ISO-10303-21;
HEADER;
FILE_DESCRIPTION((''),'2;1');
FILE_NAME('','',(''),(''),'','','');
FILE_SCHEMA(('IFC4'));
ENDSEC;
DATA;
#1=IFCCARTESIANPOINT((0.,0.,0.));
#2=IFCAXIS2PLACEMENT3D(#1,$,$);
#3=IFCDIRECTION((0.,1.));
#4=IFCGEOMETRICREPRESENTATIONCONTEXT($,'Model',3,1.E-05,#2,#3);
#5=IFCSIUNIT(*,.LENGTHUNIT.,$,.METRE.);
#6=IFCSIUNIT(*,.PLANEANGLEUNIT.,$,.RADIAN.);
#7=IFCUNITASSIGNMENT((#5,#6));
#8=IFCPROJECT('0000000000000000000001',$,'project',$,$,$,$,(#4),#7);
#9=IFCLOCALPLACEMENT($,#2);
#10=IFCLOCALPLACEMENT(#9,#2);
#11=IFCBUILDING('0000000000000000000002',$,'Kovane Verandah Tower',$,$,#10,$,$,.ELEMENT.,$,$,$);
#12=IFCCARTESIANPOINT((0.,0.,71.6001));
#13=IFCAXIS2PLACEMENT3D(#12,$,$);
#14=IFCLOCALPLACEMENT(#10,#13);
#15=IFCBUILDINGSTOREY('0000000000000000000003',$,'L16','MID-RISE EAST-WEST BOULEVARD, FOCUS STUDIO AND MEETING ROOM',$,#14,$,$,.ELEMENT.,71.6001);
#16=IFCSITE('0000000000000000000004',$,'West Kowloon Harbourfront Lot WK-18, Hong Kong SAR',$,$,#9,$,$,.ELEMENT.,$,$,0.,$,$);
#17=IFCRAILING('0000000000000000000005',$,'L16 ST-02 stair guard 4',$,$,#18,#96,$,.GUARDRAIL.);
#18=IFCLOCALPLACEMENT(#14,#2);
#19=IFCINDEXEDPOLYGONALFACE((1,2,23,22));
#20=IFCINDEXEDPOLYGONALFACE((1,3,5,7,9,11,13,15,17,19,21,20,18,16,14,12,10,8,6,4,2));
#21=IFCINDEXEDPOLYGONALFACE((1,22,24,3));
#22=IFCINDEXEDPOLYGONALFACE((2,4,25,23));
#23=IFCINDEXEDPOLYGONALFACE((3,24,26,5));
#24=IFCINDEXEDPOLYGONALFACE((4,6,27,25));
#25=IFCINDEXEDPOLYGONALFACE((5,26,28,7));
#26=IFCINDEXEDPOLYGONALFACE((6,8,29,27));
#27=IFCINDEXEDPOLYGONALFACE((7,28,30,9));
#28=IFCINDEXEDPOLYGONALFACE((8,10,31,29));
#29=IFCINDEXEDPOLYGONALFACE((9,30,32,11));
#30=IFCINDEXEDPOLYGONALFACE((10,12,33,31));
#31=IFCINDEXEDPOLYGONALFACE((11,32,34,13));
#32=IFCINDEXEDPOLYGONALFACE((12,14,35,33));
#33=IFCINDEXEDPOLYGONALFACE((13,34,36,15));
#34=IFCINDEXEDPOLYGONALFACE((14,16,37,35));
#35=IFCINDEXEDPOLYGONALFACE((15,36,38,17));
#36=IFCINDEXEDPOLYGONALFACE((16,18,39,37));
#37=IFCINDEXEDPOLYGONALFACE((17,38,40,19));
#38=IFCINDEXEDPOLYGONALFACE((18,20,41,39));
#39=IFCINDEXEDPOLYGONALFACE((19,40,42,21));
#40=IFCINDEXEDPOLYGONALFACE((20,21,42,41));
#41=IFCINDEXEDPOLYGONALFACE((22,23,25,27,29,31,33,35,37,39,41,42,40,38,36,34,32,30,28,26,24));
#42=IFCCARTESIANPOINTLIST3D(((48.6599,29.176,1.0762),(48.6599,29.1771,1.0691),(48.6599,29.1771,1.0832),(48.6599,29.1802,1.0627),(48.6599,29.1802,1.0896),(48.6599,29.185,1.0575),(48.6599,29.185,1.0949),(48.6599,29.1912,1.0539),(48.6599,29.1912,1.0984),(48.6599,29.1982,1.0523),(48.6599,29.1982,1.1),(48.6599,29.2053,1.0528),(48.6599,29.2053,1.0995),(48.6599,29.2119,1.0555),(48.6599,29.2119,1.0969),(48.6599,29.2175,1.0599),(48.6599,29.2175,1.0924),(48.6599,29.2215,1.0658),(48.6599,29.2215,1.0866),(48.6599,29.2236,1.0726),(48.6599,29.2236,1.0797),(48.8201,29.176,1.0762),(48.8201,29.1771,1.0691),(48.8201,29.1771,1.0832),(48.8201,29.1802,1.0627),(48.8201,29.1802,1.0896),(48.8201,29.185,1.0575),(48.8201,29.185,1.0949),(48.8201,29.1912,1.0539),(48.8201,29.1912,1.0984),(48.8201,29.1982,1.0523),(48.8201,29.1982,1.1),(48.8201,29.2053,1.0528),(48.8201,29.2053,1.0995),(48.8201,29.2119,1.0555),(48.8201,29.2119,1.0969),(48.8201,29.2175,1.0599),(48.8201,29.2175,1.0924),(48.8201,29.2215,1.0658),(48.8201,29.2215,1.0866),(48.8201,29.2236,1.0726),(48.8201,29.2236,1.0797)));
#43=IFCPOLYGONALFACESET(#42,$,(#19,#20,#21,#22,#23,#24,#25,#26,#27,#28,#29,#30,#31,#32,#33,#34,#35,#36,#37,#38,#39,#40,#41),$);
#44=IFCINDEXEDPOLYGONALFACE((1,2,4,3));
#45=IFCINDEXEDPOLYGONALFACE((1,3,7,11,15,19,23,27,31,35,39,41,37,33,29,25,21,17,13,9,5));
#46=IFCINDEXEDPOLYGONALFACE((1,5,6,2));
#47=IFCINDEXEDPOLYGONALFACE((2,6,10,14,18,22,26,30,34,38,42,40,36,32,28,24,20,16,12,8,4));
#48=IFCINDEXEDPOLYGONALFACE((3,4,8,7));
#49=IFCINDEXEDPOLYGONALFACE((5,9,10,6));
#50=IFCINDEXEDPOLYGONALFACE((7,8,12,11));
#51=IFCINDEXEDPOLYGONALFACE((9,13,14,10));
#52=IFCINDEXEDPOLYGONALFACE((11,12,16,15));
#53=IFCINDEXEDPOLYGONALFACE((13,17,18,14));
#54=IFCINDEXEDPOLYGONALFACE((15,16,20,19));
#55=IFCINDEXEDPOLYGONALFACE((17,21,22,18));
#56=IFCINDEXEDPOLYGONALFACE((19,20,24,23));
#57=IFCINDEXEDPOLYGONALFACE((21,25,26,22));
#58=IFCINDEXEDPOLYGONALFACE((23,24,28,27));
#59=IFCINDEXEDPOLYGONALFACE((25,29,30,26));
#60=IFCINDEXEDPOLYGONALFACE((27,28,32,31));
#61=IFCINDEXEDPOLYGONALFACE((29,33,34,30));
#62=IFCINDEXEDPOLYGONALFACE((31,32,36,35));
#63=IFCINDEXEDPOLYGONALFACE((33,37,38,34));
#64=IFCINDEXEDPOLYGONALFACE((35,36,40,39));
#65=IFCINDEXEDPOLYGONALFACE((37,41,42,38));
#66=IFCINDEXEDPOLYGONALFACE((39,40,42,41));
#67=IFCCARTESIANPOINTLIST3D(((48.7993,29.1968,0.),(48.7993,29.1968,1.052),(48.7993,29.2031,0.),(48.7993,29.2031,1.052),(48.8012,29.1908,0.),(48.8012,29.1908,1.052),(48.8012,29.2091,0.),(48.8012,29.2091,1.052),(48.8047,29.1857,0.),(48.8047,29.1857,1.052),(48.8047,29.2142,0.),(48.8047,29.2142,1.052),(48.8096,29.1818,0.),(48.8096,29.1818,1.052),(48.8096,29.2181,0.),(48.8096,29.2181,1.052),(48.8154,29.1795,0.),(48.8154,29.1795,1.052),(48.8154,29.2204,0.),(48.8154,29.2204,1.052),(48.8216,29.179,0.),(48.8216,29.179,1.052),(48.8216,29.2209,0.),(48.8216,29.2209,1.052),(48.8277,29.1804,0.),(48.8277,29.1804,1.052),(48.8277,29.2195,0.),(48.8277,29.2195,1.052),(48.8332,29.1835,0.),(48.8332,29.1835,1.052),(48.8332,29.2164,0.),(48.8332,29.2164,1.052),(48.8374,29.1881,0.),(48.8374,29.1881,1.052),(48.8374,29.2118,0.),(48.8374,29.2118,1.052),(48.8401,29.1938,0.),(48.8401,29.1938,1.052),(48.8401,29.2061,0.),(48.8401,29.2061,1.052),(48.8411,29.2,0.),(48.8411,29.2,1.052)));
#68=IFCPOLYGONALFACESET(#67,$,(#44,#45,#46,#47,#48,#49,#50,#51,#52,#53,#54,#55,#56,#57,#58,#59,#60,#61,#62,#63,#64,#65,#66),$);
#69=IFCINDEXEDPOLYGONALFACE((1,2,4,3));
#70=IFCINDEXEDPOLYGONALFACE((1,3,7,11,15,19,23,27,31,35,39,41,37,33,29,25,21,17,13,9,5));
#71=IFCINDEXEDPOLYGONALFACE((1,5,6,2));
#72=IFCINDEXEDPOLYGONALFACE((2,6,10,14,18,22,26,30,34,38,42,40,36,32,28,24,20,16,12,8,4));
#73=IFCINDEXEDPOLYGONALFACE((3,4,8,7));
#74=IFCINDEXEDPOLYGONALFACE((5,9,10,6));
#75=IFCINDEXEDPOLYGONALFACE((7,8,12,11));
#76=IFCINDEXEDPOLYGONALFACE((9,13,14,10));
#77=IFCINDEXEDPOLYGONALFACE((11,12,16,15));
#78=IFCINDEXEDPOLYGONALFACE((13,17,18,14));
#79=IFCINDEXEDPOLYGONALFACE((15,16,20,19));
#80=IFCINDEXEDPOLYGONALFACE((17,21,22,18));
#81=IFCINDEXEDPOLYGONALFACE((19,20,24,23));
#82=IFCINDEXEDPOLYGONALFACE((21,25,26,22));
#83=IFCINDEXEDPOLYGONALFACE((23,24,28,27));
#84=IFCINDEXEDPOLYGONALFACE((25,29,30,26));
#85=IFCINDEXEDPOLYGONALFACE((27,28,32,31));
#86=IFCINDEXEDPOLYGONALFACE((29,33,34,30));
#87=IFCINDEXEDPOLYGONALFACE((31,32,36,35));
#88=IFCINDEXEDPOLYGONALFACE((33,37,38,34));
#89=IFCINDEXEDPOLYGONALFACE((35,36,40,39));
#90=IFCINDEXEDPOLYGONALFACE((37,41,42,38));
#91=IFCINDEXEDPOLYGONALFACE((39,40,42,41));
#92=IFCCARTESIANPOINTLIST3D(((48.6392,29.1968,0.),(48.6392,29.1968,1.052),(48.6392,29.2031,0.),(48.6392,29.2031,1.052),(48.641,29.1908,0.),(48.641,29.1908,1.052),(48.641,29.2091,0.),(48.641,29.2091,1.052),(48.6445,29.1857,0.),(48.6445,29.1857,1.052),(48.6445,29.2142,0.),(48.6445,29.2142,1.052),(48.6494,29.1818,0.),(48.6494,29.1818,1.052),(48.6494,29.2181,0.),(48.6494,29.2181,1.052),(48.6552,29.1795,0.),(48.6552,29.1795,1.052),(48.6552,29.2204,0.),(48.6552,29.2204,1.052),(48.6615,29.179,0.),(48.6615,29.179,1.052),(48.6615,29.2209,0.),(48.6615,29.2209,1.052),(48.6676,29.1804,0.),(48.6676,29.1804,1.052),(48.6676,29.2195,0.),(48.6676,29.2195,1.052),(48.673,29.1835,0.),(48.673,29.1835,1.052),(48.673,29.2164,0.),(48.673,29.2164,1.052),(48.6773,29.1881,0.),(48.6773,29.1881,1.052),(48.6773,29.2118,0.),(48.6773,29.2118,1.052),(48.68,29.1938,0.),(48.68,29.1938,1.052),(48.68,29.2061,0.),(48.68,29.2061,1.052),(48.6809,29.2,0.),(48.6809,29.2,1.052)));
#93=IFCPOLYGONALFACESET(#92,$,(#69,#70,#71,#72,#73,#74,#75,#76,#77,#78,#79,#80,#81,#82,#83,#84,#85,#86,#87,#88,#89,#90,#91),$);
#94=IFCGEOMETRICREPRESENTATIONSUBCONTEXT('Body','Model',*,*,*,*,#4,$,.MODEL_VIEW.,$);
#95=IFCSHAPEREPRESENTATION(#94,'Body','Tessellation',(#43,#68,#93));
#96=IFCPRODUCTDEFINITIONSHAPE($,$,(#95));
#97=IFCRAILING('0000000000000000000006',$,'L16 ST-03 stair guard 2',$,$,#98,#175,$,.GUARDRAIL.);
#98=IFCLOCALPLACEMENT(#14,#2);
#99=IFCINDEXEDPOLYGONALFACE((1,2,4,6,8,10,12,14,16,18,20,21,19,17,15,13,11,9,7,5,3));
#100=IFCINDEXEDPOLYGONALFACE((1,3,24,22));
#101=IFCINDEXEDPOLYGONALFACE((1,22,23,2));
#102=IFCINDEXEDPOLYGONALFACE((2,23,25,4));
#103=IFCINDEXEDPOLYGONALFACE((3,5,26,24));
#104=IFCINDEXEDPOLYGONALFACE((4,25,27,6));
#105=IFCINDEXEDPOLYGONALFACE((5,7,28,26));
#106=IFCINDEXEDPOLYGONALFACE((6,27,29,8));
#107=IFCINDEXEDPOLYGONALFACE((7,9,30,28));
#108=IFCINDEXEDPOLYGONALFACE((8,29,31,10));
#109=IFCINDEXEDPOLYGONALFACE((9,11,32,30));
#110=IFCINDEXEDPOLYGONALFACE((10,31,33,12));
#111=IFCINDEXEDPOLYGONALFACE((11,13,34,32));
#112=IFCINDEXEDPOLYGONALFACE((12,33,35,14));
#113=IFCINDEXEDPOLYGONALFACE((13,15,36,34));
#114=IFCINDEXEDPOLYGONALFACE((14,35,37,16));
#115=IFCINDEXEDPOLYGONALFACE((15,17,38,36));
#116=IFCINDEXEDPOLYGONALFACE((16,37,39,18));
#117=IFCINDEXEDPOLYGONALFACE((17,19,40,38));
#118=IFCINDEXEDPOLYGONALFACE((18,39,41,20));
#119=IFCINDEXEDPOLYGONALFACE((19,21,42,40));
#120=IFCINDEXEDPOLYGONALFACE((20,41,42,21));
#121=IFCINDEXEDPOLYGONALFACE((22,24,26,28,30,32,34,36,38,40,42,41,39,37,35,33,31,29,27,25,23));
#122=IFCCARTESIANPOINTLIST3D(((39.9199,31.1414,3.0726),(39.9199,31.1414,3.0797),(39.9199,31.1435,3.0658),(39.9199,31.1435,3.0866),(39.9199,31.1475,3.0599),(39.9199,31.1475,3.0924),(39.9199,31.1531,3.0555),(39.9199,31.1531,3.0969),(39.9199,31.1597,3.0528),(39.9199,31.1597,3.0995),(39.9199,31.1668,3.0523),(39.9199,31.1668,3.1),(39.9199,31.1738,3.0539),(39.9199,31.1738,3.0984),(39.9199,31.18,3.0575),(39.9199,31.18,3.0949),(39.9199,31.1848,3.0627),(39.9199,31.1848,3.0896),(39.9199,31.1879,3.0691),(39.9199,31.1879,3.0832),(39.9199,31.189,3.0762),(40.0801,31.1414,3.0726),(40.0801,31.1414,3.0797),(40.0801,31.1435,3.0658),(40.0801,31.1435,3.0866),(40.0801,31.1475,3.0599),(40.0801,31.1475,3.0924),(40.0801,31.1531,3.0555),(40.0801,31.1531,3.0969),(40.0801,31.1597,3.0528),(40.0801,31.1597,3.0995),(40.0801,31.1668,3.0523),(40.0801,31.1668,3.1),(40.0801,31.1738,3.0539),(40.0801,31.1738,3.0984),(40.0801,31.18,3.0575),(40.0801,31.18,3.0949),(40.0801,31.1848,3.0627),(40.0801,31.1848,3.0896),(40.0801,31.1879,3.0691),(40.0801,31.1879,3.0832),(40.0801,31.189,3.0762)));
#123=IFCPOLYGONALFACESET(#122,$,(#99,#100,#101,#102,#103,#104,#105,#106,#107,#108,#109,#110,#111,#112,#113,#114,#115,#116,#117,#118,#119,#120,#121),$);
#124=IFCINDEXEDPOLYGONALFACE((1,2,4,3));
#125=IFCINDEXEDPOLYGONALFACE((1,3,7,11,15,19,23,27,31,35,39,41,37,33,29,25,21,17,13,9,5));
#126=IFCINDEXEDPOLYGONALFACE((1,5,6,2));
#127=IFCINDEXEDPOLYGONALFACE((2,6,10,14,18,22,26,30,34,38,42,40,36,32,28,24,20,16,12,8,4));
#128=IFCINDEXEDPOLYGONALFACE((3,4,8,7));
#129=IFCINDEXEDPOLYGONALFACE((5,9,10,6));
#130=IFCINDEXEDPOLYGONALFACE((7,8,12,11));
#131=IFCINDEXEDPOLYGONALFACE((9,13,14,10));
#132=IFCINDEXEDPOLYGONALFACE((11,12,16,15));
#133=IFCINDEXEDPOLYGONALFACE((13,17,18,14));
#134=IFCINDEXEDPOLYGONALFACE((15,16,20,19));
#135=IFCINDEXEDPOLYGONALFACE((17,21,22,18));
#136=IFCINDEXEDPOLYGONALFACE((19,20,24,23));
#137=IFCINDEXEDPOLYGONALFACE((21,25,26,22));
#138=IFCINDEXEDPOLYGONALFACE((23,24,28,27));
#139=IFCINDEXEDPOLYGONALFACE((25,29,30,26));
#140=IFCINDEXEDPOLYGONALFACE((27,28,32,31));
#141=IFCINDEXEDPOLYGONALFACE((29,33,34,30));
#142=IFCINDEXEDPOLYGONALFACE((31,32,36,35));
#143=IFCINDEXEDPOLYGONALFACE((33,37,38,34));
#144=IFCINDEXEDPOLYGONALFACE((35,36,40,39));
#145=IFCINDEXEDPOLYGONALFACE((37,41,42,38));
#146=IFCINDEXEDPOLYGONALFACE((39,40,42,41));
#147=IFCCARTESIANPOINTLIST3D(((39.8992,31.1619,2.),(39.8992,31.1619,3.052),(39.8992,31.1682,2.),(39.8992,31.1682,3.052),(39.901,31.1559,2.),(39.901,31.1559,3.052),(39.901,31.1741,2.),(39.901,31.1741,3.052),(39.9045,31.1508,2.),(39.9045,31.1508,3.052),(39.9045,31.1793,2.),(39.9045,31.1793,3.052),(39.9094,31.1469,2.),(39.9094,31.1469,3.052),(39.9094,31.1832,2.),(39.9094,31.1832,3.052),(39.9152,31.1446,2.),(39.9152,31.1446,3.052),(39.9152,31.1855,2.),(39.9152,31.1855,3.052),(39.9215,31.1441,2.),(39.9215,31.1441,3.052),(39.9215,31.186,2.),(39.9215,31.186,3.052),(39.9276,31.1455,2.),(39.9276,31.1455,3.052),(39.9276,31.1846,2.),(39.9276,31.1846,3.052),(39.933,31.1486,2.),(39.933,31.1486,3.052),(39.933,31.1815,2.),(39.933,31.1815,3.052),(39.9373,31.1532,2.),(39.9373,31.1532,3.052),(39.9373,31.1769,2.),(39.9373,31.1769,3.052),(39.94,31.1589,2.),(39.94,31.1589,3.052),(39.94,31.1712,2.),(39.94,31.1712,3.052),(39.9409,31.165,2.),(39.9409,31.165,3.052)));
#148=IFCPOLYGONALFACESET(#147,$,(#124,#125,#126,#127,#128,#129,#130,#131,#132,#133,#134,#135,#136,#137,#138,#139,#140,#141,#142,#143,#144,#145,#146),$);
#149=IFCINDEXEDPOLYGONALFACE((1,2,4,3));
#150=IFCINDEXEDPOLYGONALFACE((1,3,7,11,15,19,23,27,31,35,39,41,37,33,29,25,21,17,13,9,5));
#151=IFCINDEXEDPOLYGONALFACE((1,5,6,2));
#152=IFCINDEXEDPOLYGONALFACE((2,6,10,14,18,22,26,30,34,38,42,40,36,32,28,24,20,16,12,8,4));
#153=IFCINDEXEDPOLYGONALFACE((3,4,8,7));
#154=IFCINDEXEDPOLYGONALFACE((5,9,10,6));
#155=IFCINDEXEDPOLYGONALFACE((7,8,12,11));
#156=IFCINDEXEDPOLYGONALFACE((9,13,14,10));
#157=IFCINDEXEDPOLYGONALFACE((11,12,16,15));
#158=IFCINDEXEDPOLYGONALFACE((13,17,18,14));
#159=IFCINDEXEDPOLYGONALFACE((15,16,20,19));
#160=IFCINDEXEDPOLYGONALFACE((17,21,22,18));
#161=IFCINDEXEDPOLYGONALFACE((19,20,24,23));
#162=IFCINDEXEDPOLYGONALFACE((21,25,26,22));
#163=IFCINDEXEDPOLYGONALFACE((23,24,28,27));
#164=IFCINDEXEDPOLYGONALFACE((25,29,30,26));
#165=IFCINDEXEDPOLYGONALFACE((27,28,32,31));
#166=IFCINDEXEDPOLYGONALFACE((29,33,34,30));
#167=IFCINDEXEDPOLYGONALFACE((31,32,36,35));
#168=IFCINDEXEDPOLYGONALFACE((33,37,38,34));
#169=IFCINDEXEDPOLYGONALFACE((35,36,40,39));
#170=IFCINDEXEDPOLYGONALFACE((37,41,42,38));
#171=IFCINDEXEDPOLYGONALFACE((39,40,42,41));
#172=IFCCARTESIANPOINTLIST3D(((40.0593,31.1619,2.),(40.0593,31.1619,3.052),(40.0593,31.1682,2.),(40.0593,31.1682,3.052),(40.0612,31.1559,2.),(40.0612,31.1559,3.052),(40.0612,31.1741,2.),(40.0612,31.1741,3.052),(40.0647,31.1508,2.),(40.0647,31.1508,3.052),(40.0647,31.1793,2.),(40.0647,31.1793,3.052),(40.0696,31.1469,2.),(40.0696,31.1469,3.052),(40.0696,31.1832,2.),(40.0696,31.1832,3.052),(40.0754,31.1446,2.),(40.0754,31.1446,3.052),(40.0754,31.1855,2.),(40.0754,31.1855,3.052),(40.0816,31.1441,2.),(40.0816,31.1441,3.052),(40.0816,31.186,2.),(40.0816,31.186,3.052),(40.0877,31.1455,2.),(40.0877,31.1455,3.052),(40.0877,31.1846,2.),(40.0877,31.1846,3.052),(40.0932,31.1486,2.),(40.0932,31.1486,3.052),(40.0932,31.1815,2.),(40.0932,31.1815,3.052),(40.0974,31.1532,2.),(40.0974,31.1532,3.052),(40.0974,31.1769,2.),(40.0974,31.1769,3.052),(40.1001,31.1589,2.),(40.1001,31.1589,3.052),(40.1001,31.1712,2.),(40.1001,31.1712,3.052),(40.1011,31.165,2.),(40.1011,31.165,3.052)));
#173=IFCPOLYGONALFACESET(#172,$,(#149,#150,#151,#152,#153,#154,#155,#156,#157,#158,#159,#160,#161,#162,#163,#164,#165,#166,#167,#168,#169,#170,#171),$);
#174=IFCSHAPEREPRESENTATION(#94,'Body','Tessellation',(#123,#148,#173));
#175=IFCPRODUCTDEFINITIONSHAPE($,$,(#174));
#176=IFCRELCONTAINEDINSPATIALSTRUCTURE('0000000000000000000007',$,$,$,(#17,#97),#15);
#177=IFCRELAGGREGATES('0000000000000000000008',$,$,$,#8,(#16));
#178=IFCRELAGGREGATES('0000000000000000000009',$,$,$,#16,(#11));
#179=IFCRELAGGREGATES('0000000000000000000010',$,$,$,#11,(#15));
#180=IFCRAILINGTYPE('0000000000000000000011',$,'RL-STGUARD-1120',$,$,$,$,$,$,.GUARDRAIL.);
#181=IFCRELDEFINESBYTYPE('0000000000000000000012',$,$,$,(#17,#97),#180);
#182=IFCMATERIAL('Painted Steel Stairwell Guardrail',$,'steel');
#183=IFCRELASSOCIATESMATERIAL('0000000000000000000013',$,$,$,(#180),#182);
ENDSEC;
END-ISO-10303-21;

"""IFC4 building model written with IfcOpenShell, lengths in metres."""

from ifc_helpers import new_model, si_unit, direction, frame, origin, origin_2d, place, context, subcontext, project, spatial, circle, extrude, material, type_object, element, save


model = new_model("IFC4")

# Units and contexts
model_context = context("Model", 3, precision=1e-05, world=origin(), true_north=direction((0.0, 1.0)))
body_context = subcontext(model_context, "Body", "Model", "MODEL_VIEW")
ifc_project = project(units=[si_unit("LENGTHUNIT", "METRE"), si_unit("PLANEANGLEUNIT", "RADIAN")], contexts=[model_context])

# Site, building, storey
site_placement = place(None, origin())
site = spatial("IfcSite", under=ifc_project, at=site_placement, Name="West Kowloon Harbourfront Lot WK-18, Hong Kong SAR", CompositionType="ELEMENT", RefElevation=0.0)
building_placement = place(site_placement, origin())
building = spatial("IfcBuilding", under=site, at=building_placement, Name="Kovane Verandah Tower", CompositionType="ELEMENT")
storey_placement = place(building_placement, frame((0.0, 0.0, 71.6001)))
storey = spatial("IfcBuildingStorey", under=building, at=storey_placement, Name="L16", Description="MID-RISE EAST-WEST BOULEVARD, FOCUS STUDIO AND MEETING ROOM", CompositionType="ELEMENT", Elevation=71.6001)

# Railings
ifc_material_1 = material(Name="Painted Steel Stairwell Guardrail", Category="steel")
railing_type_1 = type_object("IfcRailingType", Name="RL-STGUARD-1120", PredefinedType="GUARDRAIL", material=ifc_material_1)
railing_1_placement = place(storey_placement, frame((48.8201, 29.2, 0.0)))
element("IfcRailing", 1, at=railing_1_placement, inside=storey, type_object=railing_type_1, Name="L16 ST-02 stair guard 4", PredefinedType="GUARDRAIL", context=body_context, shape_type="SweptSolid", body=[
    extrude(circle(Radius=0.0239, at=origin_2d()), frame((0.0, 0.0, 1.0762), z_axis=(-1.0, 0.0, 0.0), x_axis=(0.0, -1.0, 0.0)), (0.0, 0.0, 1.0), 0.1602),
    extrude(circle(Radius=0.021, at=origin_2d()), origin(), (0.0, 0.0, 1.0), 1.052),
    extrude(circle(Radius=0.021, at=origin_2d()), frame((-0.1602, 0.0, 0.0)), (0.0, 0.0, 1.0), 1.052),
])
railing_2_placement = place(storey_placement, frame((39.9199, 31.165, 2.0)))
element("IfcRailing", 2, at=railing_2_placement, inside=storey, type_object=railing_type_1, Name="L16 ST-03 stair guard 2", PredefinedType="GUARDRAIL", context=body_context, shape_type="SweptSolid", body=[
    extrude(circle(Radius=0.0239, at=origin_2d()), frame((0.0, 0.0, 1.0762), z_axis=(1.0, 0.0, 0.0), x_axis=(0.0, 1.0, 0.0)), (0.0, 0.0, 1.0), 0.1602),
    extrude(circle(Radius=0.021, at=origin_2d()), origin(), (0.0, 0.0, 1.0), 1.052),
    extrude(circle(Radius=0.021, at=origin_2d()), frame((0.1602, 0.0, 0.0)), (0.0, 0.0, 1.0), 1.052),
])

save(model, "model.ifc")
